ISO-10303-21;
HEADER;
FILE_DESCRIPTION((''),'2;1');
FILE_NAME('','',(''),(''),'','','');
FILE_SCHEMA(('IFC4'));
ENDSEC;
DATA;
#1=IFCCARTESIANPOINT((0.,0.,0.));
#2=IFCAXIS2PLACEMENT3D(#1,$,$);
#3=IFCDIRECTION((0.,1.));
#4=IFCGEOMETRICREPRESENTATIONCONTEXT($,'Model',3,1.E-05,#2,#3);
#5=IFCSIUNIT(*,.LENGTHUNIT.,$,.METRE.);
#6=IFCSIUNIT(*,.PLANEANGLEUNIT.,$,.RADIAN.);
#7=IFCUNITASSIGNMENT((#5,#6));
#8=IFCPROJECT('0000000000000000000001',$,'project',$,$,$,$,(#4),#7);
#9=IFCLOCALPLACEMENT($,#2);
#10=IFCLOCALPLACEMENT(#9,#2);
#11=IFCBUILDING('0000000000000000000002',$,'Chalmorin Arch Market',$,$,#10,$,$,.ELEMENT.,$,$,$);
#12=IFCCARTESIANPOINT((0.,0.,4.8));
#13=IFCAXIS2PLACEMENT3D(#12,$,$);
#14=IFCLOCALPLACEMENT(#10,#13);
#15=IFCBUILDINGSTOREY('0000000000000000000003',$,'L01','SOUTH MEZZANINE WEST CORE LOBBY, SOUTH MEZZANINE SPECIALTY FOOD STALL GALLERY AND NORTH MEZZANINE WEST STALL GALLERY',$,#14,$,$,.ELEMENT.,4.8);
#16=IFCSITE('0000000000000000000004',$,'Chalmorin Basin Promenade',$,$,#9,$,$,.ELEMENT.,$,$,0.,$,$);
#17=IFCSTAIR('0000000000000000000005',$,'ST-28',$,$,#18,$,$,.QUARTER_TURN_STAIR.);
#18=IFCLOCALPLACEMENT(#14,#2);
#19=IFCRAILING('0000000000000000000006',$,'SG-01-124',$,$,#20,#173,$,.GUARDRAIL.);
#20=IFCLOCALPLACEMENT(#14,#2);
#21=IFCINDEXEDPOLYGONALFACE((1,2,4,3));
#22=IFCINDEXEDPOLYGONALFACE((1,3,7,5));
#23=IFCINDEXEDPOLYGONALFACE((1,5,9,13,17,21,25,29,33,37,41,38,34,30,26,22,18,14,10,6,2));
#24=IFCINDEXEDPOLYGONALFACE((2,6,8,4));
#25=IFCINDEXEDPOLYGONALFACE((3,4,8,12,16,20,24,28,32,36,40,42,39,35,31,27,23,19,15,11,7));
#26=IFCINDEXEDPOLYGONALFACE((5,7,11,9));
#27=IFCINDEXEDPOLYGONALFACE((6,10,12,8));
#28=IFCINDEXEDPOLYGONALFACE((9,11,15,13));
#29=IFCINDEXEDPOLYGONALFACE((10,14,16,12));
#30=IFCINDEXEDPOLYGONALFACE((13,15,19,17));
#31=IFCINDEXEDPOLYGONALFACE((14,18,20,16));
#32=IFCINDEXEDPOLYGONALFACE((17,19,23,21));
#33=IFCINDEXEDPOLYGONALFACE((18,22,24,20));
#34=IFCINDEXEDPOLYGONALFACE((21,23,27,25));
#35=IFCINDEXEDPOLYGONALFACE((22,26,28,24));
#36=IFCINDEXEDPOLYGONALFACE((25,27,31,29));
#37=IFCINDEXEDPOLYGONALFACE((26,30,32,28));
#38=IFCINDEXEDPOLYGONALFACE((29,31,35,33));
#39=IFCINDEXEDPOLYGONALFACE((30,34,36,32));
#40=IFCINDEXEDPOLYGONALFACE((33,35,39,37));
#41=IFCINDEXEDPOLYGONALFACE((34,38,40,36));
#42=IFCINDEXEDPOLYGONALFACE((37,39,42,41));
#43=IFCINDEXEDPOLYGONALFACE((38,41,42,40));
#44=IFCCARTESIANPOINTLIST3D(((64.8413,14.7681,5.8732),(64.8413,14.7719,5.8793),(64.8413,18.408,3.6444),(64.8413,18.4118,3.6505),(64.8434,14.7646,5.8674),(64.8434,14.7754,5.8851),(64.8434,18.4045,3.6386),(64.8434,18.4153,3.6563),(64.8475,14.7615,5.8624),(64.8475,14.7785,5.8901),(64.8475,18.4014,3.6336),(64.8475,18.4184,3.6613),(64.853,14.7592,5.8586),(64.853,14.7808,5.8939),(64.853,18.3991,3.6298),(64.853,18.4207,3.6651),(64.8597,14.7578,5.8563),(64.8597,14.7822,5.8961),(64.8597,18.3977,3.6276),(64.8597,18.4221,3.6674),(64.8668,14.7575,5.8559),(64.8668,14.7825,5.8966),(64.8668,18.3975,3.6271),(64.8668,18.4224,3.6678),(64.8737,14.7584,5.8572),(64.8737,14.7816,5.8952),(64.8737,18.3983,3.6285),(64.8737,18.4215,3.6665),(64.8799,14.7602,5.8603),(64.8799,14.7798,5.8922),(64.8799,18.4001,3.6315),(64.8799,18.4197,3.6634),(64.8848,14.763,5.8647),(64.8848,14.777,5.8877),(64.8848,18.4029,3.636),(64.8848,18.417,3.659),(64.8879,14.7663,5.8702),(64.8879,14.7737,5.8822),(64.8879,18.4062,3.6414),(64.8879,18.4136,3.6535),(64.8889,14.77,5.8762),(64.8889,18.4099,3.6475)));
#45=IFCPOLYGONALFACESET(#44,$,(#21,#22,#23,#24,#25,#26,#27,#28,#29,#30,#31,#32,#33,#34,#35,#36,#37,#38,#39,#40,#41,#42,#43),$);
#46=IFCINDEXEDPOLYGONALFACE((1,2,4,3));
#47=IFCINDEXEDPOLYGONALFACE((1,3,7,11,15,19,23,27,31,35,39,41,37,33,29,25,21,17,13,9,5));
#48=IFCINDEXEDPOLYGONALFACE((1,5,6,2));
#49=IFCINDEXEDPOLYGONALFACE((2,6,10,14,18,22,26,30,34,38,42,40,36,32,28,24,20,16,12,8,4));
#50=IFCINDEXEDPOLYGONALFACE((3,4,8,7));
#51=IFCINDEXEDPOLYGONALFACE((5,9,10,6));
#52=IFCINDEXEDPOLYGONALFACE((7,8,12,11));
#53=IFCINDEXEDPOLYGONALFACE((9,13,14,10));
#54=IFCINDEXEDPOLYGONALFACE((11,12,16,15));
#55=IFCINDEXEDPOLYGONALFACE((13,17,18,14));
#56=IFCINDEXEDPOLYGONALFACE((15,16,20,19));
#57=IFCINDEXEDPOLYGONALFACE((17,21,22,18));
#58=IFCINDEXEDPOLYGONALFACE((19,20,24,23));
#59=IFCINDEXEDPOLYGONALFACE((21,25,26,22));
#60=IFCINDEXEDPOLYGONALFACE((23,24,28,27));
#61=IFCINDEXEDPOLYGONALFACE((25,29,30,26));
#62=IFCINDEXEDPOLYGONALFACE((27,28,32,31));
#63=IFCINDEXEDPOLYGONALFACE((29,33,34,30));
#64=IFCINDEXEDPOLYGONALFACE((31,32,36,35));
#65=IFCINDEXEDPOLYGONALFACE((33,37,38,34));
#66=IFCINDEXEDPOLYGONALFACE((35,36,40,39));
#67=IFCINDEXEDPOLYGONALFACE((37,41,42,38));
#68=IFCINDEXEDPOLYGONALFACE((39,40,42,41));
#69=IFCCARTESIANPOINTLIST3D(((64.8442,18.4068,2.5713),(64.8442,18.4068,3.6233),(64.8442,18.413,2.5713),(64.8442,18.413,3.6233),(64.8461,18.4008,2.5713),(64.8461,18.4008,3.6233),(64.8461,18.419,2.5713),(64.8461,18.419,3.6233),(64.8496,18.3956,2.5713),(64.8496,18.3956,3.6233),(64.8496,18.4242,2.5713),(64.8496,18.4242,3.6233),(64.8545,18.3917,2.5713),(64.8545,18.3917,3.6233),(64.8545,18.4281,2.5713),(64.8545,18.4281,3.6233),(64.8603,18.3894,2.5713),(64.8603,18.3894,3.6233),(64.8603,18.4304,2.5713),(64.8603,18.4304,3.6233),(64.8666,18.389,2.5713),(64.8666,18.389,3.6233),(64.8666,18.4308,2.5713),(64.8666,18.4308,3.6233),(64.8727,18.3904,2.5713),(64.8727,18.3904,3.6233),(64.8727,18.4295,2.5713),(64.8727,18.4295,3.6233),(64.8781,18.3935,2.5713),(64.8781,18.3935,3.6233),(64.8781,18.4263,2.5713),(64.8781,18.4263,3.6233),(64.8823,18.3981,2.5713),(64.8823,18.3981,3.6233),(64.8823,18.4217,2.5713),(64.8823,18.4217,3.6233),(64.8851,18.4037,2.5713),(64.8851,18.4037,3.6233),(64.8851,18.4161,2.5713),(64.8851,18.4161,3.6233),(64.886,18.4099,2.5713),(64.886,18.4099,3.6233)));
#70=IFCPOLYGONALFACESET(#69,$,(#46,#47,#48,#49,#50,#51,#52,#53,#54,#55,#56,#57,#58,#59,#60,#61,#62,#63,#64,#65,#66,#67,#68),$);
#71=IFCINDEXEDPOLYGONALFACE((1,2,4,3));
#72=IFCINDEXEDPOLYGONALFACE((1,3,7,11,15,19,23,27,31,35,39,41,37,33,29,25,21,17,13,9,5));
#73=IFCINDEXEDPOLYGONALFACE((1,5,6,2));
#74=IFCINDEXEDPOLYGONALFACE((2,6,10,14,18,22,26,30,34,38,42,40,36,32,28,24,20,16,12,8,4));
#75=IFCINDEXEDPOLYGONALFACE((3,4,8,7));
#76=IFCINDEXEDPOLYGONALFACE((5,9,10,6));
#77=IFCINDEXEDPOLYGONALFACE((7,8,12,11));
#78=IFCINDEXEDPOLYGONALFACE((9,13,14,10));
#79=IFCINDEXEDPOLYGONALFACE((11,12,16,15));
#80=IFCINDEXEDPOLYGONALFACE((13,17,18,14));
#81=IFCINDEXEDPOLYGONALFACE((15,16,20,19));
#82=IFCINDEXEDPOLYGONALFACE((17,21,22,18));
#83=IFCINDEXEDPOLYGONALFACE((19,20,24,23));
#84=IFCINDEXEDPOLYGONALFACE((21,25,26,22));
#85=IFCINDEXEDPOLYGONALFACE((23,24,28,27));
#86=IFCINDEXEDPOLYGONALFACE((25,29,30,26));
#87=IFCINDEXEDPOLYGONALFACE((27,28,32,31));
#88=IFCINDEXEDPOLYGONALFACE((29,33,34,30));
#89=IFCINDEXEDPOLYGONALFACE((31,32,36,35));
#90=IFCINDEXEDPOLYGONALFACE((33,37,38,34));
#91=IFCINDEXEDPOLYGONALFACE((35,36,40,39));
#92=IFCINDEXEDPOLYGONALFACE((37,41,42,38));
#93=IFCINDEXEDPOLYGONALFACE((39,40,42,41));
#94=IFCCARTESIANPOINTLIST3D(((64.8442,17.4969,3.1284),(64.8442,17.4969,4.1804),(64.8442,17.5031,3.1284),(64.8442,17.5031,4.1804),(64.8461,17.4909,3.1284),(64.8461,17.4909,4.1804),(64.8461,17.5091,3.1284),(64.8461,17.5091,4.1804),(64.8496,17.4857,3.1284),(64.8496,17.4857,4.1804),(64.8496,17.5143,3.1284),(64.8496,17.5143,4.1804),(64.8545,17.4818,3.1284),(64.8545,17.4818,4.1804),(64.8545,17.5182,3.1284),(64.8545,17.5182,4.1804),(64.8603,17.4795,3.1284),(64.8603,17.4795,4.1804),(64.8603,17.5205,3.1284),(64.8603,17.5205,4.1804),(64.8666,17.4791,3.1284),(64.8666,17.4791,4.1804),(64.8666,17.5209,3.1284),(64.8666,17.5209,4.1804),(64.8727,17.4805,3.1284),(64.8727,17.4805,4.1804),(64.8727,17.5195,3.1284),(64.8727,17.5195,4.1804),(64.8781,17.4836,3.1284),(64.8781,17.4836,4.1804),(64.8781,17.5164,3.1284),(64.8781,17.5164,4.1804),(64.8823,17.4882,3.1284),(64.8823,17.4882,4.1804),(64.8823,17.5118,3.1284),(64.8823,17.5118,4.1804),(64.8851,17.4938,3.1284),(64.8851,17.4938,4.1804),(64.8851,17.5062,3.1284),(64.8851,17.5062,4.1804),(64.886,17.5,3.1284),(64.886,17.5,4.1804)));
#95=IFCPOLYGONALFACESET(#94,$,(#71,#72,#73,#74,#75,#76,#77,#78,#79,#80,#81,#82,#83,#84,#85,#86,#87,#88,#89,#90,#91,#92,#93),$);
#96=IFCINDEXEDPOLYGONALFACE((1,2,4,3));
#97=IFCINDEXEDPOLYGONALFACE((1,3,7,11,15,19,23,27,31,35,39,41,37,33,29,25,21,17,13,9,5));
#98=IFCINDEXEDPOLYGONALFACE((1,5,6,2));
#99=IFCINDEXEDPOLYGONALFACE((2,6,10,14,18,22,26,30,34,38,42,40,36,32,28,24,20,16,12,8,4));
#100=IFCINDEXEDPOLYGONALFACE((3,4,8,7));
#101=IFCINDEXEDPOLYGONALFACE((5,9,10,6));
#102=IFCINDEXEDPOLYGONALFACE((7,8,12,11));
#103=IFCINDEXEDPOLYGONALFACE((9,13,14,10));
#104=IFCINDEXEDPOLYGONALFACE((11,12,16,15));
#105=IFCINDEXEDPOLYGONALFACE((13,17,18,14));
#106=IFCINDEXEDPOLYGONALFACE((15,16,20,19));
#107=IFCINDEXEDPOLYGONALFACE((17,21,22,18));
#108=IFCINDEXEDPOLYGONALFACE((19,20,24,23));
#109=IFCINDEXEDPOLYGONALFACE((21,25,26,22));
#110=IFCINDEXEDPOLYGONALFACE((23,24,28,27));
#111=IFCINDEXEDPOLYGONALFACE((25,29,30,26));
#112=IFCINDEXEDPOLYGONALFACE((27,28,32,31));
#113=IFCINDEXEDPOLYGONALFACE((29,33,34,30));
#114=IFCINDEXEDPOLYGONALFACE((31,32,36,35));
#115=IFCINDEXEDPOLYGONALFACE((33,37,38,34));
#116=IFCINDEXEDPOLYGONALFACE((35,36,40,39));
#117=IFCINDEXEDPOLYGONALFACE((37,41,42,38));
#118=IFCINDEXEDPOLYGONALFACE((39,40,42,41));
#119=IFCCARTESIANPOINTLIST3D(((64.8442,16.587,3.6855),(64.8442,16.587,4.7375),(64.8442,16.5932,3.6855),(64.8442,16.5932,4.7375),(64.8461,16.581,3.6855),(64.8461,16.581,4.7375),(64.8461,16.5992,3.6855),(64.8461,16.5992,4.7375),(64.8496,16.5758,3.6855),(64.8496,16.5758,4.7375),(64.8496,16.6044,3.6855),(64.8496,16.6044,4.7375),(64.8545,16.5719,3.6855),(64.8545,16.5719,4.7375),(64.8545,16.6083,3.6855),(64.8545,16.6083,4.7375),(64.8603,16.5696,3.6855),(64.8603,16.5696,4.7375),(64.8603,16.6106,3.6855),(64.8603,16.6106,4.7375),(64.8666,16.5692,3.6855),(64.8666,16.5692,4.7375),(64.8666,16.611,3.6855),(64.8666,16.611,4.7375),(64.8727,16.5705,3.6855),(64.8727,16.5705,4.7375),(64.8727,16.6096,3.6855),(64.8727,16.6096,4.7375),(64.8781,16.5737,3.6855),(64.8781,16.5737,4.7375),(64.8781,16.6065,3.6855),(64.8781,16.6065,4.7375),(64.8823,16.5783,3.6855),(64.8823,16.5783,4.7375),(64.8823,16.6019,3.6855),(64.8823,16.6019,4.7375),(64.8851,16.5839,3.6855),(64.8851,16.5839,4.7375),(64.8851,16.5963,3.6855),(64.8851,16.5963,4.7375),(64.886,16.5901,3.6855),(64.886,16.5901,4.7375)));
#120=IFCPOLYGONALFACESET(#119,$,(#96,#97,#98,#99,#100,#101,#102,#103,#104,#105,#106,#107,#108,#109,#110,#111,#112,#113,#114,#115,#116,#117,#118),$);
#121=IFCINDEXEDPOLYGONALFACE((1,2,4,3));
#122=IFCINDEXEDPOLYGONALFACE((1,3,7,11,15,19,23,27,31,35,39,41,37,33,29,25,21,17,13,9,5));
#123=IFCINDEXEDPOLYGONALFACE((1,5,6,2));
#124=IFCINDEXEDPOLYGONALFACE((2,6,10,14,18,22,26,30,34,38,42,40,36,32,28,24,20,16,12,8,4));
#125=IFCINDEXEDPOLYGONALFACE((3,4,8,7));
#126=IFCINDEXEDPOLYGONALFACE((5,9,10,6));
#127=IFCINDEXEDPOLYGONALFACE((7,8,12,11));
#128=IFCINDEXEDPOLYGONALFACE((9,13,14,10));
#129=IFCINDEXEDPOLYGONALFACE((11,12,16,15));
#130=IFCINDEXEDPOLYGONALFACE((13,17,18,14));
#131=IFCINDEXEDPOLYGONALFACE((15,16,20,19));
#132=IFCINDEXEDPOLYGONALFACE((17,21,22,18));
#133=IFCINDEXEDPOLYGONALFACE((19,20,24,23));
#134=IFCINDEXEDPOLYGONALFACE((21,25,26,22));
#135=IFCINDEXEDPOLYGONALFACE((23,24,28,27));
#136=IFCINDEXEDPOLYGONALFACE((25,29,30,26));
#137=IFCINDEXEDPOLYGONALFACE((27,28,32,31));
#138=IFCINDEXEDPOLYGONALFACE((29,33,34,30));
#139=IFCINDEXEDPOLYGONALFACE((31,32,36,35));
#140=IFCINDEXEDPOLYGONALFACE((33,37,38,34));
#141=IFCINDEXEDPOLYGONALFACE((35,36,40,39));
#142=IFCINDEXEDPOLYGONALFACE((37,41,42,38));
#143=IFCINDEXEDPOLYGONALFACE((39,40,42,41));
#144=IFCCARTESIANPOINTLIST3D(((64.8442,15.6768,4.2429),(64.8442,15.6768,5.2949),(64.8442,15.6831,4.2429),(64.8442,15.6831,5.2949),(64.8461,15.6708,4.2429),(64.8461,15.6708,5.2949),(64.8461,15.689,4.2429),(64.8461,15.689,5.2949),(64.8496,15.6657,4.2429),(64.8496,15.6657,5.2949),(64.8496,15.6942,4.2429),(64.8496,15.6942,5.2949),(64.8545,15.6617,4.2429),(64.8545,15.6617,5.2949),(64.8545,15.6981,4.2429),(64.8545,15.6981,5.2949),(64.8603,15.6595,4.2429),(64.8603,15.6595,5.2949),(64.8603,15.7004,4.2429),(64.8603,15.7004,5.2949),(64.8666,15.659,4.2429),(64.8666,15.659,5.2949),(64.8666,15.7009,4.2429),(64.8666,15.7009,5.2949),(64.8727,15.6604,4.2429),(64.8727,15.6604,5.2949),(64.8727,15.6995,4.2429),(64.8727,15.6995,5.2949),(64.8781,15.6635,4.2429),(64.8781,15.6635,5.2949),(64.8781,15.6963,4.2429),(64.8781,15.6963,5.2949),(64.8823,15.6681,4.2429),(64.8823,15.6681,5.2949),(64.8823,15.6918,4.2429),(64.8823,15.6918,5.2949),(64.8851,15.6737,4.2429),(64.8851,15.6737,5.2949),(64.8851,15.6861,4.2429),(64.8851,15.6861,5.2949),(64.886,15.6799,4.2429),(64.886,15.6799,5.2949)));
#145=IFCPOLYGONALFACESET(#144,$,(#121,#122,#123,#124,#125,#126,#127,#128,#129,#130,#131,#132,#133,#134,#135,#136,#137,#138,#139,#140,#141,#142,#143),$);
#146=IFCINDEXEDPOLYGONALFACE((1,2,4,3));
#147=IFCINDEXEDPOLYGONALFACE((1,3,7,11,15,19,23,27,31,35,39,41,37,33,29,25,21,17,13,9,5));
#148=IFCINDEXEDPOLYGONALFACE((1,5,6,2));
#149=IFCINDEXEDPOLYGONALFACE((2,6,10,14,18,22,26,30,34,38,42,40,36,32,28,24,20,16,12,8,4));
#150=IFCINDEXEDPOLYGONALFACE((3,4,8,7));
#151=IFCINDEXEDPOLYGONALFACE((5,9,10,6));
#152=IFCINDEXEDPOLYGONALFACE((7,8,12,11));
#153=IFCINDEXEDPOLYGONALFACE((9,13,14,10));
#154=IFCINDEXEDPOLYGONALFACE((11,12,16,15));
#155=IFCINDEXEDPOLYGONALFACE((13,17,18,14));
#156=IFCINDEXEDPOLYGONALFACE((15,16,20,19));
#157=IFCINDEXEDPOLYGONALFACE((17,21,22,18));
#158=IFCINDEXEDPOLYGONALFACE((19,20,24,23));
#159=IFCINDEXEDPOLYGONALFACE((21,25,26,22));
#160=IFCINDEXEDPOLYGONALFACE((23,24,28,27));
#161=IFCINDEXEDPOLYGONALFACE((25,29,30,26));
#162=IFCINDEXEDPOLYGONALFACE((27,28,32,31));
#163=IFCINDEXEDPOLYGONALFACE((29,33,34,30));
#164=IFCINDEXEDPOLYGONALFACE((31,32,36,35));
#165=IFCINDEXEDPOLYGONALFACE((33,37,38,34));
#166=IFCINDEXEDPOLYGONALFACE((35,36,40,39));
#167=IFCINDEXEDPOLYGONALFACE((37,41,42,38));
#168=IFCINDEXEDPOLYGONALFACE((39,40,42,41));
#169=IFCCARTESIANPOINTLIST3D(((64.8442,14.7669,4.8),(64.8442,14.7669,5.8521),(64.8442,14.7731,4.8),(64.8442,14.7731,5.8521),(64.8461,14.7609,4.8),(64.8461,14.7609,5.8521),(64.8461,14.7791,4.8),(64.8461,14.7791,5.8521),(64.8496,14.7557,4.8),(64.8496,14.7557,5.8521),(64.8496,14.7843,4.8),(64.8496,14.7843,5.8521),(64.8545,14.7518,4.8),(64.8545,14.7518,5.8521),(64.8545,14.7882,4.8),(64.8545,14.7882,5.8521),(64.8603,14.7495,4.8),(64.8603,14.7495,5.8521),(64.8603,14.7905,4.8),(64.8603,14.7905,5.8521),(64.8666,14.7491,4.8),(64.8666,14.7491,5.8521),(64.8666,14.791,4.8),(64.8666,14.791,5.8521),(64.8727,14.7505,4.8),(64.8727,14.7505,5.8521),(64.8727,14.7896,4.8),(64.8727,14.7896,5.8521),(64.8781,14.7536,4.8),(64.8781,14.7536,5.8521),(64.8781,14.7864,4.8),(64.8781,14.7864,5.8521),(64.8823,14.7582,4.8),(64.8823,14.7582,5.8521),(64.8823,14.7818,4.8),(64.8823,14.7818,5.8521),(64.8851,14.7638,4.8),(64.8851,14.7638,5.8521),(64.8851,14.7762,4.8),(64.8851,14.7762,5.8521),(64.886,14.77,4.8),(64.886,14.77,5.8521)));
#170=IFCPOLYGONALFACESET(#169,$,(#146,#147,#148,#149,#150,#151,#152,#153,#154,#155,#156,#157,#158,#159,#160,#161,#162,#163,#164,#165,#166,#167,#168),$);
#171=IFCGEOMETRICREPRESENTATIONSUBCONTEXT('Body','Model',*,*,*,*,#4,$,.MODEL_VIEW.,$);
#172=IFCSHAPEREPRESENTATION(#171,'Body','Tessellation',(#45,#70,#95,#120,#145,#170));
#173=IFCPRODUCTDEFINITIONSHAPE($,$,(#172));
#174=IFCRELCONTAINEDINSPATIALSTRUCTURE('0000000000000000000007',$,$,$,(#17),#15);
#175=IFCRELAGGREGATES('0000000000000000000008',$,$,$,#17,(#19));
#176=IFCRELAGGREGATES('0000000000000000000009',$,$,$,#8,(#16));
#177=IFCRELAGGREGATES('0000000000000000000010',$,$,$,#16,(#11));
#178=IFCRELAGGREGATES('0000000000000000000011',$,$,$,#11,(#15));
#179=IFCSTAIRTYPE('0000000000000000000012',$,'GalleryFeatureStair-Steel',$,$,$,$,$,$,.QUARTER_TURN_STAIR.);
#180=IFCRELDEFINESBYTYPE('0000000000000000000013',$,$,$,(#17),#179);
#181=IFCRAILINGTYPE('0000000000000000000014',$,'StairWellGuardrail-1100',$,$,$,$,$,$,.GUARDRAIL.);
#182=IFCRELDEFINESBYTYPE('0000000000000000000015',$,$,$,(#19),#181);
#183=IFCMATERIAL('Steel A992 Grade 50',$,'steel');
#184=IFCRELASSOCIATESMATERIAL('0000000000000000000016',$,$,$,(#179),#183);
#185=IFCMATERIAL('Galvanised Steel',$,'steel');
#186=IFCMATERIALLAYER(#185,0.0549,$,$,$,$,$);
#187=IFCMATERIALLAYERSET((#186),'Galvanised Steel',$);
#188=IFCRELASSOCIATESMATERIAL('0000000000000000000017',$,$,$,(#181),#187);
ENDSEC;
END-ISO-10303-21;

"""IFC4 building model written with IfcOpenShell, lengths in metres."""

from ifc_helpers import new_model, si_unit, direction, frame, origin, origin_2d, place, context, subcontext, project, spatial, circle, extrude, material, layer, layer_set, type_object, element, aggregate, save


model = new_model("IFC4")

# Units and contexts
model_context = context("Model", 3, precision=1e-05, world=origin(), true_north=direction((0.0, 1.0)))
body_context = subcontext(model_context, "Body", "Model", "MODEL_VIEW")
ifc_project = project(units=[si_unit("LENGTHUNIT", "METRE"), si_unit("PLANEANGLEUNIT", "RADIAN")], contexts=[model_context])

# Site, building, storey
site_placement = place(None, origin())
site = spatial("IfcSite", under=ifc_project, at=site_placement, Name="Chalmorin Basin Promenade", CompositionType="ELEMENT", RefElevation=0.0)
building_placement = place(site_placement, origin())
building = spatial("IfcBuilding", under=site, at=building_placement, Name="Chalmorin Arch Market", CompositionType="ELEMENT")
storey_placement = place(building_placement, frame((0.0, 0.0, 4.8)))
storey = spatial("IfcBuildingStorey", under=building, at=storey_placement, Name="L01", Description="SOUTH MEZZANINE WEST CORE LOBBY, SOUTH MEZZANINE SPECIALTY FOOD STALL GALLERY AND NORTH MEZZANINE WEST STALL GALLERY", CompositionType="ELEMENT", Elevation=4.8)

# Shared definitions
ifc_material_1 = material(Name="Steel A992 Grade 50", Category="steel")

# Shared definitions
ifc_material_2 = material(Name="Galvanised Steel", Category="steel")

# Stair, railing
stair_type_1 = type_object("IfcStairType", Name="GalleryFeatureStair-Steel", PredefinedType="QUARTER_TURN_STAIR", material=ifc_material_1)
stair_1_placement = place(storey_placement, origin())
stair_1 = element("IfcStair", 1, at=stair_1_placement, inside=storey, type_object=stair_type_1, Name="ST-28", PredefinedType="QUARTER_TURN_STAIR")
ifc_layer_1 = layer(ifc_material_2, 0.0549)
ifc_layer_set_1 = layer_set([ifc_layer_1], Name="Galvanised Steel")
railing_type_1 = type_object("IfcRailingType", Name="StairWellGuardrail-1100", PredefinedType="GUARDRAIL", material=ifc_layer_set_1)
railing_1_placement = place(storey_placement, frame((64.865, 18.4099, 2.5713)))
railing_1 = element("IfcRailing", 2, at=railing_1_placement, type_object=railing_type_1, Name="SG-01-124", PredefinedType="GUARDRAIL", context=body_context, shape_type="SweptSolid", body=[
    extrude(circle(Radius=0.0239, at=origin_2d()), frame((0.0, 0.0, 1.0762), z_axis=(0.0, -0.852825, 0.522197), x_axis=(1.0, 0.0, 0.0)), (0.0, 0.0, 1.0), 4.2681),
    extrude(circle(Radius=0.021, at=origin_2d()), origin(), (0.0, 0.0, 1.0), 1.052),
    extrude(circle(Radius=0.021, at=origin_2d()), frame((0.0, -0.9099, 0.5571)), (0.0, 0.0, 1.0), 1.052),
    extrude(circle(Radius=0.021, at=origin_2d()), frame((0.0, -1.8198, 1.1143)), (0.0, 0.0, 1.0), 1.052),
    extrude(circle(Radius=0.021, at=origin_2d()), frame((0.0, -2.73, 1.6716)), (0.0, 0.0, 1.0), 1.052),
    extrude(circle(Radius=0.021, at=origin_2d()), frame((0.0, -3.6399, 2.2288)), (0.0, 0.0, 1.0), 1.052),
])
aggregate(stair_1, [railing_1])

save(model, "model.ifc")
